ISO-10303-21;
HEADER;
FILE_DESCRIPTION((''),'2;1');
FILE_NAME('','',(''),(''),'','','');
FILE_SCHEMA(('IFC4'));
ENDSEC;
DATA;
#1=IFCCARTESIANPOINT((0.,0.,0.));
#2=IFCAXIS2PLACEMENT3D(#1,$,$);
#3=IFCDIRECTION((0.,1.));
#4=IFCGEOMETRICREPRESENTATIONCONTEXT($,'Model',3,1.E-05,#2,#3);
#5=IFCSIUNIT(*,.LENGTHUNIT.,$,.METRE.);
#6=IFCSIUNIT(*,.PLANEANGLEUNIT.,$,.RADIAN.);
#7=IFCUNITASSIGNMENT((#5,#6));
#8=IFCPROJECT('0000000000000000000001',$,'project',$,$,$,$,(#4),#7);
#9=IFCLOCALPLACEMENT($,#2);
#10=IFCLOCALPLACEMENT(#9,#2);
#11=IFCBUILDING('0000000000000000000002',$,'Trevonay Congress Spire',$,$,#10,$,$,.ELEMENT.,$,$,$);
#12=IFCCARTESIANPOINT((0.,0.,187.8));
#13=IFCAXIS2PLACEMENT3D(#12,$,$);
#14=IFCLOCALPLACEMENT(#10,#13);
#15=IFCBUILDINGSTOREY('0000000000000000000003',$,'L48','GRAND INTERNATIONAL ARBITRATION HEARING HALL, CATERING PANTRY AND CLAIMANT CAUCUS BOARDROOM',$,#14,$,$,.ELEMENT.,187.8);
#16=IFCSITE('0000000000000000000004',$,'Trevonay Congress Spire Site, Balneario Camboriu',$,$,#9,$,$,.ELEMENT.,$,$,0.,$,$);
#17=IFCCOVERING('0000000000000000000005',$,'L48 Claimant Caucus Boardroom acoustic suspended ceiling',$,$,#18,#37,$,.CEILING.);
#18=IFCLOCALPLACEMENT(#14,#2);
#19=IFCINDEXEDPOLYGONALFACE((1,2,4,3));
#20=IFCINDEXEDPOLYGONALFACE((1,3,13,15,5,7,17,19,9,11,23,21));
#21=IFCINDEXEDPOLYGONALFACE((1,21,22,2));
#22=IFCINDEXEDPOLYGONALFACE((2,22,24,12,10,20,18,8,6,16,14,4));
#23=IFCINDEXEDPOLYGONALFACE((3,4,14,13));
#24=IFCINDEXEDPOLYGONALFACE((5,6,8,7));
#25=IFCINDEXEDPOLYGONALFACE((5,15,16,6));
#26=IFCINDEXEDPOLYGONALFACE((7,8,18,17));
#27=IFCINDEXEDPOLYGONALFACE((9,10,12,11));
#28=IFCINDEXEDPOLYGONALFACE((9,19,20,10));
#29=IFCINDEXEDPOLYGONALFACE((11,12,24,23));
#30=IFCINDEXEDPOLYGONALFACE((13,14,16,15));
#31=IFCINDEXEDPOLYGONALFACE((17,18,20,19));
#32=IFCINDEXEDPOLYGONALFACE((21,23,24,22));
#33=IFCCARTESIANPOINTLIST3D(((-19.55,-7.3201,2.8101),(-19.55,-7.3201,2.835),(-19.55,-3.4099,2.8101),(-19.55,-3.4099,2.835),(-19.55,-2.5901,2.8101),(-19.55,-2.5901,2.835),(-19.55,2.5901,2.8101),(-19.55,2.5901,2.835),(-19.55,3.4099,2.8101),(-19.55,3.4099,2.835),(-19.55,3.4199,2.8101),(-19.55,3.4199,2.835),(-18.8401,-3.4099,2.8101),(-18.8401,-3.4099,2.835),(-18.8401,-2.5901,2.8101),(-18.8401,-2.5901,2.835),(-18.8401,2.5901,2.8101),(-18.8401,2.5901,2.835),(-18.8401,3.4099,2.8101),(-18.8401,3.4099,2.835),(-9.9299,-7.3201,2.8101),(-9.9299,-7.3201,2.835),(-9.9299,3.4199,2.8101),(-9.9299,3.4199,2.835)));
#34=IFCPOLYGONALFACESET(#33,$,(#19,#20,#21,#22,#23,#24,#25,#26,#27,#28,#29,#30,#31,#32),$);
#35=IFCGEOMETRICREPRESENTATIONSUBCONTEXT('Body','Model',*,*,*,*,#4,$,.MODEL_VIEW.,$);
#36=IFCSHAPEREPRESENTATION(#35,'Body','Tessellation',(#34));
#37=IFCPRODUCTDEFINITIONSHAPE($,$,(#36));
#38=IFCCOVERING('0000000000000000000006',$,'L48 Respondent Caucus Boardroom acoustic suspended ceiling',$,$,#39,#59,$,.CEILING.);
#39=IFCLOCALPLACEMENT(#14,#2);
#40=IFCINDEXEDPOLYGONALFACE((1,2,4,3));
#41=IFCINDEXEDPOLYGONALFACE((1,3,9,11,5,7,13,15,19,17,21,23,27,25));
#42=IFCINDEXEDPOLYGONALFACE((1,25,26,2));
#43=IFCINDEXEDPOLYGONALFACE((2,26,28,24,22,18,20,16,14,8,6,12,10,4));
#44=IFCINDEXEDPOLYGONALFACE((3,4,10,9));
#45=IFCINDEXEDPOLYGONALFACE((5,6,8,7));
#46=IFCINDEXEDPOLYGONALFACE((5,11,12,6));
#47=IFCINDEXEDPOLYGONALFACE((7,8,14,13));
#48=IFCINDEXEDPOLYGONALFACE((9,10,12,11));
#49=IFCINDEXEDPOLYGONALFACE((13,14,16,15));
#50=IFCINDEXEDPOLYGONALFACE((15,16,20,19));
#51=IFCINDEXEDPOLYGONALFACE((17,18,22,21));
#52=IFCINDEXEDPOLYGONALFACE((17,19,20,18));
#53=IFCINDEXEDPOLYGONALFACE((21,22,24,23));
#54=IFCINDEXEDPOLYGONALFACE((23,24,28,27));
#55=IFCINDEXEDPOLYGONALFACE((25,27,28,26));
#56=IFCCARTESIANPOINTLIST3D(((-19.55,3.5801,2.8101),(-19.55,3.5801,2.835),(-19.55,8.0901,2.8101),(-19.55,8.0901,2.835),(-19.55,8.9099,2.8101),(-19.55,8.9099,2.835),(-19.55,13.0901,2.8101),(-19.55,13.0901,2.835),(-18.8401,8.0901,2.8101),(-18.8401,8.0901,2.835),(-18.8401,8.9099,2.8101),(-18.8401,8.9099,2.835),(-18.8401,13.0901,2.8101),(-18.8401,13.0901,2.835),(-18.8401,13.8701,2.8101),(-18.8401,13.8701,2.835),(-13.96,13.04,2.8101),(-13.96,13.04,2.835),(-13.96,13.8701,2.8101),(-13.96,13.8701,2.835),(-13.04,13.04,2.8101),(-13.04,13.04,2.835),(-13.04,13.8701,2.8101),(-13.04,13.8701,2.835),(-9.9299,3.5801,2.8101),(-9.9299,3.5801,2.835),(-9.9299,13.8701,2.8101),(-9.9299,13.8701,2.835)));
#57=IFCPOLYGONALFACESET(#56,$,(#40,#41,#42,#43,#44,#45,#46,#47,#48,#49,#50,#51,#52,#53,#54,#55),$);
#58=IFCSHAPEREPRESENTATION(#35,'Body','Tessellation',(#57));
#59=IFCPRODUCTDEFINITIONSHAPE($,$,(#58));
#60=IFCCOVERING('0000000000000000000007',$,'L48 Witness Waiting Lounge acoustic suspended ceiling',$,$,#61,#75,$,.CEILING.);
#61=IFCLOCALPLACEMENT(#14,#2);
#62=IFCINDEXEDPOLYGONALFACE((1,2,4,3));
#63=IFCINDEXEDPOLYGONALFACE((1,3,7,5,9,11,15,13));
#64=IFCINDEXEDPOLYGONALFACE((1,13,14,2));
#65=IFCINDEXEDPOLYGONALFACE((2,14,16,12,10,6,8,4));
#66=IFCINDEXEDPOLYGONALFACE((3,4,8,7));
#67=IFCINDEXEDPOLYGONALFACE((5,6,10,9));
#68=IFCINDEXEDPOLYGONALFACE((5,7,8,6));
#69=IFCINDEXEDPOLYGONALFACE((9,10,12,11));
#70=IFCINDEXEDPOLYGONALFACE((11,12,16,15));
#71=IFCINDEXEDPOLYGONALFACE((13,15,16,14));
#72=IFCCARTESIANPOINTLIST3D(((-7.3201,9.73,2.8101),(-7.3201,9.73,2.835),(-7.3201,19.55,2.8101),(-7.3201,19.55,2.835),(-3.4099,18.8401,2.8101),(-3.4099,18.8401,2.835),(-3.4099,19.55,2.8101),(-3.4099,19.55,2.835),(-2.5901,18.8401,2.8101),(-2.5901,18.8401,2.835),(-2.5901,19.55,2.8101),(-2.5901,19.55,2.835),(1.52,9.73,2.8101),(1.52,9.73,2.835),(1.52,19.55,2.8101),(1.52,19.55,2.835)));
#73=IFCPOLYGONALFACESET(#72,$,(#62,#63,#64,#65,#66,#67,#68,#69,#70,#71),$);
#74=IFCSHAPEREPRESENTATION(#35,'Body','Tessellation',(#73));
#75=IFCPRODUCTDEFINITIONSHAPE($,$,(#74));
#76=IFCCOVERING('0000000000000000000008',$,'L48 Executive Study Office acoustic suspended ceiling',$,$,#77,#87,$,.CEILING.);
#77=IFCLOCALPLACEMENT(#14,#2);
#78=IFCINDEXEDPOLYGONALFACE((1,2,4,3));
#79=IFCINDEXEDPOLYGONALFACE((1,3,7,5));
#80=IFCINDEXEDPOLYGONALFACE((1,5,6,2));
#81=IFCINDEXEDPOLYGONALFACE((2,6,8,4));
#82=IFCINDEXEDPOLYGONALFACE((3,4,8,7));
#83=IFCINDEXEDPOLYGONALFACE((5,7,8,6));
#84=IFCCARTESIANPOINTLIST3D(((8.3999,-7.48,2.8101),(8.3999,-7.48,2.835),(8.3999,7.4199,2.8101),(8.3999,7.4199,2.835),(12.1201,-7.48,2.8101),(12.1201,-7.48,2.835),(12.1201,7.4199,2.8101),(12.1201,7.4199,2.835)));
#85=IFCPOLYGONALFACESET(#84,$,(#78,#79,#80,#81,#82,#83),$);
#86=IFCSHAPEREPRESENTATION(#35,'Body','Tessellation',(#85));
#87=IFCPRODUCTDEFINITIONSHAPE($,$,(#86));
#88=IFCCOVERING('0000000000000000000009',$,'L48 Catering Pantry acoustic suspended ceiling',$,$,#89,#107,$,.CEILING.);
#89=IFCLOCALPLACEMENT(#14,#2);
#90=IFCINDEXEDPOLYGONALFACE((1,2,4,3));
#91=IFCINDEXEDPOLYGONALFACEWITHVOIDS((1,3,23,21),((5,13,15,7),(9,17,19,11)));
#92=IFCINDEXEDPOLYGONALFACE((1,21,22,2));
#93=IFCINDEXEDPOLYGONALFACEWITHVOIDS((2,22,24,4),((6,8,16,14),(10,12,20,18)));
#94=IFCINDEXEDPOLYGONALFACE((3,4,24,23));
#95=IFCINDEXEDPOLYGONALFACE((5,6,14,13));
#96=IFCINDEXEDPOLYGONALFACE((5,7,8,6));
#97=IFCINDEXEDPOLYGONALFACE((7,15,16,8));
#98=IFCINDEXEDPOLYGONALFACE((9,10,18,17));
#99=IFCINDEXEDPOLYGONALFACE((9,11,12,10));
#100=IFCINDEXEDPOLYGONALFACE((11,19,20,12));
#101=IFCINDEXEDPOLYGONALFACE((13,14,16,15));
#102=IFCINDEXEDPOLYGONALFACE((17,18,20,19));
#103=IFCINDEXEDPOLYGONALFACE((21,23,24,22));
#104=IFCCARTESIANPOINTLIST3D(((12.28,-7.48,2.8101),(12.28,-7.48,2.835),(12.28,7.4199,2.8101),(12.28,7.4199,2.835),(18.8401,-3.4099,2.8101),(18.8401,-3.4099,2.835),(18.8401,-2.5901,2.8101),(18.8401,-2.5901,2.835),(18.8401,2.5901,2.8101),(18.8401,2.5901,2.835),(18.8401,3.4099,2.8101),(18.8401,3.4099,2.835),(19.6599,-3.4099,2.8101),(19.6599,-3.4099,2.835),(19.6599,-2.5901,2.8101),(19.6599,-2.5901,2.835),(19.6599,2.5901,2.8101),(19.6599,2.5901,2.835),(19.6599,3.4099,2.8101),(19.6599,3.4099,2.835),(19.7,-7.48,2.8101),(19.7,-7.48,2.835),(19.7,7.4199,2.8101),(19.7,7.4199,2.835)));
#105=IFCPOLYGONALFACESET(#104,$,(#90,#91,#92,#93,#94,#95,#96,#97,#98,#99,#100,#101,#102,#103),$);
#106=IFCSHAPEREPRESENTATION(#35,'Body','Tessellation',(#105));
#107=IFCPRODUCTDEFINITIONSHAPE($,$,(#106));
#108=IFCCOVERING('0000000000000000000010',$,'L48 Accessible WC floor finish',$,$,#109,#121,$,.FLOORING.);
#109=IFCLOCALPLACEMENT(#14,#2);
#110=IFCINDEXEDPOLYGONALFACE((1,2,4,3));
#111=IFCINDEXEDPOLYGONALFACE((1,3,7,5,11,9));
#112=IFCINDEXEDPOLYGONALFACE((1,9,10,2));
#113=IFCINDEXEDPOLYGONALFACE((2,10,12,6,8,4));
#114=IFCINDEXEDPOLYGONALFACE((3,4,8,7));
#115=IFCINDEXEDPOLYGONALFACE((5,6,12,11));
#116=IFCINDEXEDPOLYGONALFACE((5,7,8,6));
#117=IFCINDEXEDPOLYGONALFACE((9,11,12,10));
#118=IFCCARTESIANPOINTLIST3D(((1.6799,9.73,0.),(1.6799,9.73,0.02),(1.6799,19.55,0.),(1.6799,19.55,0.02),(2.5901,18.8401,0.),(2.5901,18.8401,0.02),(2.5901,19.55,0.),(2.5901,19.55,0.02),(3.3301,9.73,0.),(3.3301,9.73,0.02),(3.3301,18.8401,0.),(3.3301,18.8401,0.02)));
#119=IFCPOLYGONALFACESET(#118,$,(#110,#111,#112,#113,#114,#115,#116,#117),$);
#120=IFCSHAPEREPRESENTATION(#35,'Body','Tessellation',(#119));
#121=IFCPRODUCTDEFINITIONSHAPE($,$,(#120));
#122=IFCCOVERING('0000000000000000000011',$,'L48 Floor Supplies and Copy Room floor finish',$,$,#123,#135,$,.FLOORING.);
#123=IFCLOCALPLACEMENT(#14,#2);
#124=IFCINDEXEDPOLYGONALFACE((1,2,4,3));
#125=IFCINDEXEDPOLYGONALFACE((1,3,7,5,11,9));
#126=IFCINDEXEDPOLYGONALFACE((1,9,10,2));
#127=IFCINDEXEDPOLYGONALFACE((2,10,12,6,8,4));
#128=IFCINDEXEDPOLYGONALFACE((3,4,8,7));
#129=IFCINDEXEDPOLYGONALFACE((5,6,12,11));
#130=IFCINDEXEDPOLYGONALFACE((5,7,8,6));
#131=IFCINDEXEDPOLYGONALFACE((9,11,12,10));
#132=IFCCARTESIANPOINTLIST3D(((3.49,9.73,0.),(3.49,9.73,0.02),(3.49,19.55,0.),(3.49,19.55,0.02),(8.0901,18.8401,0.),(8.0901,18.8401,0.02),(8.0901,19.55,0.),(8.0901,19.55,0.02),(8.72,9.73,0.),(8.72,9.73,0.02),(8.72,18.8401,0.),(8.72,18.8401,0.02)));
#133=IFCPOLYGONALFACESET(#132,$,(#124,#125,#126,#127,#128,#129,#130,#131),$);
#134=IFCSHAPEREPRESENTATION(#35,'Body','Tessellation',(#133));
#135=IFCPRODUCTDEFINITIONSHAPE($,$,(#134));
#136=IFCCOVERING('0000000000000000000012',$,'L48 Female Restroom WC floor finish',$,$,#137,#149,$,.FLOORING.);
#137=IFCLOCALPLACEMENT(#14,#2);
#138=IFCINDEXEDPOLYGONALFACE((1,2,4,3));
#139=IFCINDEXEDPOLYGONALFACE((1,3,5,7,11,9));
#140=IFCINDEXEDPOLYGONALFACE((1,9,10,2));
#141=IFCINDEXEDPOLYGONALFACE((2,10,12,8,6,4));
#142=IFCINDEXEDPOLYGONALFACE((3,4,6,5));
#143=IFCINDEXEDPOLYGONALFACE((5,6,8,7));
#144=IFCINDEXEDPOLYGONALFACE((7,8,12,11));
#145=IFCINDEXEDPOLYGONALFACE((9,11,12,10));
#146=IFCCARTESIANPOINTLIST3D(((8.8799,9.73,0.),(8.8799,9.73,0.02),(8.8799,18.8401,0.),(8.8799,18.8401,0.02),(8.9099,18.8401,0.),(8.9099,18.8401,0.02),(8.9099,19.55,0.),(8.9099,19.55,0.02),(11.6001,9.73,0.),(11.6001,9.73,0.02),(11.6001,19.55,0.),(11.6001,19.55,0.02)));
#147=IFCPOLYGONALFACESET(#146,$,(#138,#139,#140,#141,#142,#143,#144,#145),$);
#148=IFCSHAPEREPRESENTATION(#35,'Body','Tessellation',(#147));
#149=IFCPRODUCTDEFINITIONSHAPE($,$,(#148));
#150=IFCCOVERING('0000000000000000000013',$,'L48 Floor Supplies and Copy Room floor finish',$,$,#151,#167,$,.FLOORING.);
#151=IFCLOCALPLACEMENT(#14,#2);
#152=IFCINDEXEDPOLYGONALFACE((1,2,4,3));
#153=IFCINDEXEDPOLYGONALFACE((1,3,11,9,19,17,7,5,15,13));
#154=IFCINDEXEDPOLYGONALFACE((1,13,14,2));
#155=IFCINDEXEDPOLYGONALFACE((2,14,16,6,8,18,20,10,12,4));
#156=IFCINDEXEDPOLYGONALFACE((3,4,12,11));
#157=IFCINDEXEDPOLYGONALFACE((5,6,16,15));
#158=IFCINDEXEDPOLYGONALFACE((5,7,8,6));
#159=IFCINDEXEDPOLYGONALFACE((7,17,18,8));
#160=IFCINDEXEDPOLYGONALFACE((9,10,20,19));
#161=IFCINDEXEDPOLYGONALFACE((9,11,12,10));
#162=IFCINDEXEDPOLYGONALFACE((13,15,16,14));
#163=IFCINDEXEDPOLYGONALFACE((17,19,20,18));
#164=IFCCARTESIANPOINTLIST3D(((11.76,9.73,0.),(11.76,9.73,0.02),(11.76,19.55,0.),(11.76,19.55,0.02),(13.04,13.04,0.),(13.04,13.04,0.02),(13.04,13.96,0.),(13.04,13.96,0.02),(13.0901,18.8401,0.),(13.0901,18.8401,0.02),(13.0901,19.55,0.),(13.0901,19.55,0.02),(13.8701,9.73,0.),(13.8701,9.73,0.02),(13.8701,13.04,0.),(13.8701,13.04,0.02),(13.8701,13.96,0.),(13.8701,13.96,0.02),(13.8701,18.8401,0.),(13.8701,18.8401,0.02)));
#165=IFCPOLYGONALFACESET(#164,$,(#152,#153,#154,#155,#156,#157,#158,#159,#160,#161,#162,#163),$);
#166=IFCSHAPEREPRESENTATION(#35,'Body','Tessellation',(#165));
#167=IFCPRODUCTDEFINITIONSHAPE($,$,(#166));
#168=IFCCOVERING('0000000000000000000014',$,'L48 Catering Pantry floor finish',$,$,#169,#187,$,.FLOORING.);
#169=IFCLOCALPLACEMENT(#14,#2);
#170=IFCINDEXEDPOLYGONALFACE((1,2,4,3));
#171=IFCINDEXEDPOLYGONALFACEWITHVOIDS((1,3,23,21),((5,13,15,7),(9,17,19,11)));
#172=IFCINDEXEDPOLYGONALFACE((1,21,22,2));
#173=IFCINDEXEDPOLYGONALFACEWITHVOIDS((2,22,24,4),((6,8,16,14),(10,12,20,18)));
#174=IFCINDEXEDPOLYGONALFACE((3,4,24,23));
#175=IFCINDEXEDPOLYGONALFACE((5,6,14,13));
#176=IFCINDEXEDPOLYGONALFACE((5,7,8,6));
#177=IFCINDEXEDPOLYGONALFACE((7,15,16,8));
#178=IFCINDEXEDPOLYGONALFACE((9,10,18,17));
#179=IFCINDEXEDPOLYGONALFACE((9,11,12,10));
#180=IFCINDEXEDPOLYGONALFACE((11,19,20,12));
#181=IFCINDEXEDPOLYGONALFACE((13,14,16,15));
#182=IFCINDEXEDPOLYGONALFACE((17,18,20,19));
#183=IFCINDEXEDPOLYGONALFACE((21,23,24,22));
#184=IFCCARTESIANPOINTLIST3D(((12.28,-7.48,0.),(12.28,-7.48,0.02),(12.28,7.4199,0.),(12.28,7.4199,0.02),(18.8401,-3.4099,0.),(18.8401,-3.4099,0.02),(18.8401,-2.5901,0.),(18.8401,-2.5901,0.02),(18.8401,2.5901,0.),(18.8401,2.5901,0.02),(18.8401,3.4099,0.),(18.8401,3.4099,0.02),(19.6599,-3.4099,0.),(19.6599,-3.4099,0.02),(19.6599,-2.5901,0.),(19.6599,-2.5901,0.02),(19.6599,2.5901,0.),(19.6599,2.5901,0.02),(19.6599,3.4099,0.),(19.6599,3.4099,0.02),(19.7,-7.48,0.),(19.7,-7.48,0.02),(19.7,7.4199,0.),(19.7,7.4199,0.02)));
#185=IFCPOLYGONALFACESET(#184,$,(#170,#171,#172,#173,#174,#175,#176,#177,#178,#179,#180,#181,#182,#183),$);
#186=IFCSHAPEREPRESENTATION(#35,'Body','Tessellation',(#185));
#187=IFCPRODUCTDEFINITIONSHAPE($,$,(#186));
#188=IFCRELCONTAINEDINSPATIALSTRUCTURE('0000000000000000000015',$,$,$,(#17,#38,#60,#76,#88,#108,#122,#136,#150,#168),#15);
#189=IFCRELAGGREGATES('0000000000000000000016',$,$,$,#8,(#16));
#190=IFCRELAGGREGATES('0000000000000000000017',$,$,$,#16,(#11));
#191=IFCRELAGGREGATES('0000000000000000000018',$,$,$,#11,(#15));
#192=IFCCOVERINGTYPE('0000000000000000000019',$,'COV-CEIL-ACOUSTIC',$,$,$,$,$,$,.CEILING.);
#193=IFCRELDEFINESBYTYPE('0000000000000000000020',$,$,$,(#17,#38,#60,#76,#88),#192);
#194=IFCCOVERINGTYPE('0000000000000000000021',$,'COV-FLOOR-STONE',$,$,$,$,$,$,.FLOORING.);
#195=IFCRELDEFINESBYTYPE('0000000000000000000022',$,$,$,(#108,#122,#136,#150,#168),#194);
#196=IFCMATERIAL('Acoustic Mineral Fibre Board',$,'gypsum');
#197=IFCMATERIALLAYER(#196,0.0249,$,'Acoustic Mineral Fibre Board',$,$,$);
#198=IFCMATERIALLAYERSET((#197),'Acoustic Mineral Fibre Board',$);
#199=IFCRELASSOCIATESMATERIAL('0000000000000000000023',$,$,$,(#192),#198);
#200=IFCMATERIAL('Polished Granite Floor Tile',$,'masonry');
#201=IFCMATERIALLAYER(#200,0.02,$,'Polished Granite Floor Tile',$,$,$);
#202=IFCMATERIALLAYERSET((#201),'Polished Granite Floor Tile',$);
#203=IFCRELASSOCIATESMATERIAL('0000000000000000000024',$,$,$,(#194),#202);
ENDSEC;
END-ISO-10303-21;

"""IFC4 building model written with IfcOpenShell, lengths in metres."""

from ifc_helpers import new_model, si_unit, direction, frame, origin, place, context, subcontext, project, spatial, polyline, outline, extrude, material, layer, layer_set, type_object, element, save


model = new_model("IFC4")

# Units and contexts
model_context = context("Model", 3, precision=1e-05, world=origin(), true_north=direction((0.0, 1.0)))
body_context = subcontext(model_context, "Body", "Model", "MODEL_VIEW")
ifc_project = project(units=[si_unit("LENGTHUNIT", "METRE"), si_unit("PLANEANGLEUNIT", "RADIAN")], contexts=[model_context])

# Site, building, storey
site_placement = place(None, origin())
site = spatial("IfcSite", under=ifc_project, at=site_placement, Name="Trevonay Congress Spire Site, Balneario Camboriu", CompositionType="ELEMENT", RefElevation=0.0)
building_placement = place(site_placement, origin())
building = spatial("IfcBuilding", under=site, at=building_placement, Name="Trevonay Congress Spire", CompositionType="ELEMENT")
storey_placement = place(building_placement, frame((0.0, 0.0, 187.8)))
storey = spatial("IfcBuildingStorey", under=building, at=storey_placement, Name="L48", Description="GRAND INTERNATIONAL ARBITRATION HEARING HALL, CATERING PANTRY AND CLAIMANT CAUCUS BOARDROOM", CompositionType="ELEMENT", Elevation=187.8)

# Coverings
ifc_material_1 = material(Name="Acoustic Mineral Fibre Board", Category="gypsum")
ifc_layer_1 = layer(ifc_material_1, 0.0249, Name="Acoustic Mineral Fibre Board")
ifc_layer_set_1 = layer_set([ifc_layer_1], Name="Acoustic Mineral Fibre Board")
covering_type_1 = type_object("IfcCoveringType", Name="COV-CEIL-ACOUSTIC", PredefinedType="CEILING", material=ifc_layer_set_1)
covering_1_placement = place(storey_placement, frame((0.0, 0.0, 2.8101)))
element("IfcCovering", 1, at=covering_1_placement, inside=storey, type_object=covering_type_1, Name="L48 Claimant Caucus Boardroom acoustic suspended ceiling", PredefinedType="CEILING", context=body_context, shape_type="SweptSolid", body=[
    extrude(outline(polyline([(-19.55, 3.4199), (-9.9299, 3.4199), (-9.9299, -7.3201), (-19.55, -7.3201), (-19.55, -3.4099), (-18.8401, -3.4099), (-18.8401, -2.5901), (-19.55, -2.5901), (-19.55, 2.5901), (-18.8401, 2.5901), (-18.8401, 3.4099), (-19.55, 3.4099), (-19.55, 3.4199)])), origin(), (0.0, 0.0, 1.0), 0.0249),
])
covering_2_placement = place(storey_placement, frame((0.0, 0.0, 2.8101)))
element("IfcCovering", 2, at=covering_2_placement, inside=storey, type_object=covering_type_1, Name="L48 Respondent Caucus Boardroom acoustic suspended ceiling", PredefinedType="CEILING", context=body_context, shape_type="SweptSolid", body=[
    extrude(outline(polyline([(-9.9299, 13.8701), (-9.9299, 3.5801), (-19.55, 3.5801), (-19.55, 8.0901), (-18.8401, 8.0901), (-18.8401, 8.9099), (-19.55, 8.9099), (-19.55, 13.0901), (-18.8401, 13.0901), (-18.8401, 13.8701), (-13.96, 13.8701), (-13.96, 13.04), (-13.04, 13.04), (-13.04, 13.8701), (-9.9299, 13.8701)])), origin(), (0.0, 0.0, 1.0), 0.0249),
])
covering_3_placement = place(storey_placement, frame((0.0, 0.0, 2.8101)))
element("IfcCovering", 3, at=covering_3_placement, inside=storey, type_object=covering_type_1, Name="L48 Witness Waiting Lounge acoustic suspended ceiling", PredefinedType="CEILING", context=body_context, shape_type="SweptSolid", body=[
    extrude(outline(polyline([(1.52, 19.55), (1.52, 9.73), (-7.3201, 9.73), (-7.3201, 19.55), (-3.4099, 19.55), (-3.4099, 18.8401), (-2.5901, 18.8401), (-2.5901, 19.55), (1.52, 19.55)])), origin(), (0.0, 0.0, 1.0), 0.0249),
])
covering_4_placement = place(storey_placement, frame((0.0, 0.0, 2.8101)))
element("IfcCovering", 4, at=covering_4_placement, inside=storey, type_object=covering_type_1, Name="L48 Executive Study Office acoustic suspended ceiling", PredefinedType="CEILING", context=body_context, shape_type="SweptSolid", body=[
    extrude(outline(polyline([(8.3999, -7.48), (12.1201, -7.48), (12.1201, 7.4199), (8.3999, 7.4199), (8.3999, -7.48)])), origin(), (0.0, 0.0, 1.0), 0.0249),
])
covering_5_placement = place(storey_placement, frame((0.0, 0.0, 2.8101)))
element("IfcCovering", 5, at=covering_5_placement, inside=storey, type_object=covering_type_1, Name="L48 Catering Pantry acoustic suspended ceiling", PredefinedType="CEILING", context=body_context, shape_type="SweptSolid", body=[
    extrude(outline(polyline([(12.28, 7.4199), (19.7, 7.4199), (19.7, -7.48), (12.28, -7.48), (12.28, 7.4199)]), holes=[polyline([(18.8401, -3.4099), (19.6599, -3.4099), (19.6599, -2.5901), (18.8401, -2.5901), (18.8401, -3.4099)]), polyline([(18.8401, 2.5901), (19.6599, 2.5901), (19.6599, 3.4099), (18.8401, 3.4099), (18.8401, 2.5901)])]), origin(), (0.0, 0.0, 1.0), 0.0249),
])
ifc_material_2 = material(Name="Polished Granite Floor Tile", Category="masonry")
ifc_layer_2 = layer(ifc_material_2, 0.02, Name="Polished Granite Floor Tile")
ifc_layer_set_2 = layer_set([ifc_layer_2], Name="Polished Granite Floor Tile")
covering_type_2 = type_object("IfcCoveringType", Name="COV-FLOOR-STONE", PredefinedType="FLOORING", material=ifc_layer_set_2)
covering_6_placement = place(storey_placement, origin())
element("IfcCovering", 6, at=covering_6_placement, inside=storey, type_object=covering_type_2, Name="L48 Accessible WC floor finish", PredefinedType="FLOORING", context=body_context, shape_type="SweptSolid", body=[
    extrude(outline(polyline([(3.3301, 9.73), (1.6799, 9.73), (1.6799, 19.55), (2.5901, 19.55), (2.5901, 18.8401), (3.3301, 18.8401), (3.3301, 9.73)])), origin(), (0.0, 0.0, 1.0), 0.02),
])
covering_7_placement = place(storey_placement, origin())
element("IfcCovering", 7, at=covering_7_placement, inside=storey, type_object=covering_type_2, Name="L48 Floor Supplies and Copy Room floor finish", PredefinedType="FLOORING", context=body_context, shape_type="SweptSolid", body=[
    extrude(outline(polyline([(8.72, 9.73), (3.49, 9.73), (3.49, 19.55), (8.0901, 19.55), (8.0901, 18.8401), (8.72, 18.8401), (8.72, 9.73)])), origin(), (0.0, 0.0, 1.0), 0.02),
])
covering_8_placement = place(storey_placement, origin())
element("IfcCovering", 8, at=covering_8_placement, inside=storey, type_object=covering_type_2, Name="L48 Female Restroom WC floor finish", PredefinedType="FLOORING", context=body_context, shape_type="SweptSolid", body=[
    extrude(outline(polyline([(11.6001, 19.55), (11.6001, 9.73), (8.8799, 9.73), (8.8799, 18.8401), (8.9099, 18.8401), (8.9099, 19.55), (11.6001, 19.55)])), origin(), (0.0, 0.0, 1.0), 0.02),
])
covering_9_placement = place(storey_placement, origin())
element("IfcCovering", 9, at=covering_9_placement, inside=storey, type_object=covering_type_2, Name="L48 Floor Supplies and Copy Room floor finish", PredefinedType="FLOORING", context=body_context, shape_type="SweptSolid", body=[
    extrude(outline(polyline([(13.8701, 9.73), (11.76, 9.73), (11.76, 19.55), (13.0901, 19.55), (13.0901, 18.8401), (13.8701, 18.8401), (13.8701, 13.96), (13.04, 13.96), (13.04, 13.04), (13.8701, 13.04), (13.8701, 9.73)])), origin(), (0.0, 0.0, 1.0), 0.02),
])
covering_10_placement = place(storey_placement, origin())
element("IfcCovering", 10, at=covering_10_placement, inside=storey, type_object=covering_type_2, Name="L48 Catering Pantry floor finish", PredefinedType="FLOORING", context=body_context, shape_type="SweptSolid", body=[
    extrude(outline(polyline([(12.28, 7.4199), (19.7, 7.4199), (19.7, -7.48), (12.28, -7.48), (12.28, 7.4199)]), holes=[polyline([(18.8401, -3.4099), (19.6599, -3.4099), (19.6599, -2.5901), (18.8401, -2.5901), (18.8401, -3.4099)]), polyline([(18.8401, 2.5901), (19.6599, 2.5901), (19.6599, 3.4099), (18.8401, 3.4099), (18.8401, 2.5901)])]), origin(), (0.0, 0.0, 1.0), 0.02),
])

save(model, "model.ifc")
